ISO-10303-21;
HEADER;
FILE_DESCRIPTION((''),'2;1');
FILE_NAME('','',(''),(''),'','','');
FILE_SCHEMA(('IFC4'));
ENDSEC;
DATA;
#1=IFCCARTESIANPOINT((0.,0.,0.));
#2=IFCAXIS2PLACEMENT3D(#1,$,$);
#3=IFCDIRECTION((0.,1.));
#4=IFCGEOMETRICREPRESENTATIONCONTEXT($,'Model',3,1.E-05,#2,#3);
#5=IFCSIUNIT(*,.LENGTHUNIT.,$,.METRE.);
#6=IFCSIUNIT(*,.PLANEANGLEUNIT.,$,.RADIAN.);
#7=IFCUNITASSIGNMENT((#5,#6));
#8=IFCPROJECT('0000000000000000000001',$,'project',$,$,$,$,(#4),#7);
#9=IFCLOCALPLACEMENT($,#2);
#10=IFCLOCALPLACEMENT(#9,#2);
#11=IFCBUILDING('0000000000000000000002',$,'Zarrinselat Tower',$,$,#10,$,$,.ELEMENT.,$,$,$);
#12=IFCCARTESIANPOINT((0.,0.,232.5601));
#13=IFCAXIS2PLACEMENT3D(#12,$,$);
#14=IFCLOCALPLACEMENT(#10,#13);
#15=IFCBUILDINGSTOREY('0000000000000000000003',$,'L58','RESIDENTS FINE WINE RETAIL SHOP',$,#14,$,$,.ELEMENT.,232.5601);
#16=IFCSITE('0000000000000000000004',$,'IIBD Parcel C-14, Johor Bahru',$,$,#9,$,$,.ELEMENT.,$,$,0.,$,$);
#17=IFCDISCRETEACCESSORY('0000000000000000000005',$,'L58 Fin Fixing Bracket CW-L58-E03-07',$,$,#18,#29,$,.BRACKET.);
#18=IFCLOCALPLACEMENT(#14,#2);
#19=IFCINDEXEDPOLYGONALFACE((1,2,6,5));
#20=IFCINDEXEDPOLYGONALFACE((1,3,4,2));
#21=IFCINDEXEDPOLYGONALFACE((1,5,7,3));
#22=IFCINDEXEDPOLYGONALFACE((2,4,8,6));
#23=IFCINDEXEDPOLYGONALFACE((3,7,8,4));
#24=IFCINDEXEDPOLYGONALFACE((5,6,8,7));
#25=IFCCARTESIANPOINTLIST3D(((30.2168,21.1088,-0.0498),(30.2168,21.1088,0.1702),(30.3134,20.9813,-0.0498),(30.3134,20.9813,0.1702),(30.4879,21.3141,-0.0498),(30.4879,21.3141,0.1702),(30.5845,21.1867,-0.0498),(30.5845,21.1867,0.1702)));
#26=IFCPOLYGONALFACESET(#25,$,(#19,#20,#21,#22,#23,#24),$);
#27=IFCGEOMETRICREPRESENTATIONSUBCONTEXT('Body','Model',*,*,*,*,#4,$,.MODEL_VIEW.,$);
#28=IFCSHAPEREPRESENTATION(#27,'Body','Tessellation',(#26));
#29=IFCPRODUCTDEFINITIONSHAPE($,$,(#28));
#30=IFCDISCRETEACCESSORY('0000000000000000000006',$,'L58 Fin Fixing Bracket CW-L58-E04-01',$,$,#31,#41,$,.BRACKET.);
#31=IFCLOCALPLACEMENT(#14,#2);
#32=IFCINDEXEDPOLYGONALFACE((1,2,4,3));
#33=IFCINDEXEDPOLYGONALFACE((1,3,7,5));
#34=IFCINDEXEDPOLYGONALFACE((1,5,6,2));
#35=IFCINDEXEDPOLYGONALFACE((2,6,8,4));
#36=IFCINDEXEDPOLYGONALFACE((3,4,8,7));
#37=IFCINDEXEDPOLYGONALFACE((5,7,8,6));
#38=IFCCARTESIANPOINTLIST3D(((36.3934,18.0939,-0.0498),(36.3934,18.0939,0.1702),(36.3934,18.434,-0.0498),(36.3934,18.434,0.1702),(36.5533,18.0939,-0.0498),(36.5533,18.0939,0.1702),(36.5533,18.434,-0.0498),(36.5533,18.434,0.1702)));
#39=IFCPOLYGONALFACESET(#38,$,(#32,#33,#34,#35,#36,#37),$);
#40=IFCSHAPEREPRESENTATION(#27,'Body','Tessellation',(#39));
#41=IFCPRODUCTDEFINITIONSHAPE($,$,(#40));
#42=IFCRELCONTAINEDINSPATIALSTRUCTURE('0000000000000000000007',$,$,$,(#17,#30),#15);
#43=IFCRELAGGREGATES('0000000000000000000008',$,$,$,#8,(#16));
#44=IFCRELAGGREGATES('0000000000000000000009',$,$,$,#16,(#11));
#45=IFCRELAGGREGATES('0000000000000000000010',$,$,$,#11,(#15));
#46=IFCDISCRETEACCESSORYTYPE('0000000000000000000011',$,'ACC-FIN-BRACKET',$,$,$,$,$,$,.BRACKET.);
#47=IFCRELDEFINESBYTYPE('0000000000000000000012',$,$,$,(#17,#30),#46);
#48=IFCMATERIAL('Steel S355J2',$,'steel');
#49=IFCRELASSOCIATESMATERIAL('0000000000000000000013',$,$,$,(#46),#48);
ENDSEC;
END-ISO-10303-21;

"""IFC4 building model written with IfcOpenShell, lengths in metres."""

from ifc_helpers import new_model, si_unit, direction, frame, origin, origin_2d, place, context, subcontext, project, spatial, rectangle, extrude, material, type_object, element, save


model = new_model("IFC4")

# Units and contexts
model_context = context("Model", 3, precision=1e-05, world=origin(), true_north=direction((0.0, 1.0)))
body_context = subcontext(model_context, "Body", "Model", "MODEL_VIEW")
ifc_project = project(units=[si_unit("LENGTHUNIT", "METRE"), si_unit("PLANEANGLEUNIT", "RADIAN")], contexts=[model_context])

# Site, building, storey
site_placement = place(None, origin())
site = spatial("IfcSite", under=ifc_project, at=site_placement, Name="IIBD Parcel C-14, Johor Bahru", CompositionType="ELEMENT", RefElevation=0.0)
building_placement = place(site_placement, origin())
building = spatial("IfcBuilding", under=site, at=building_placement, Name="Zarrinselat Tower", CompositionType="ELEMENT")
storey_placement = place(building_placement, frame((0.0, 0.0, 232.5601)))
storey = spatial("IfcBuildingStorey", under=building, at=storey_placement, Name="L58", Description="RESIDENTS FINE WINE RETAIL SHOP", CompositionType="ELEMENT", Elevation=232.5601)

# Discrete accessories
ifc_material_1 = material(Name="Steel S355J2", Category="steel")
discrete_accessory_type = type_object("IfcDiscreteAccessoryType", Name="ACC-FIN-BRACKET", PredefinedType="BRACKET", material=ifc_material_1)
for number, where, z_axis, x_axis, name in (
    (1, (30.4006, 21.1477, -0.0498), (0.0, 0.0, 1.0), (-0.797092, -0.603857, 0.0), "L58 Fin Fixing Bracket CW-L58-E03-07"),
    (2, (36.4734, 18.2639, -0.0498), (0.0, 0.0, 1.0), (0.0, -1.0, 0.0), "L58 Fin Fixing Bracket CW-L58-E04-01"),
):
    element("IfcDiscreteAccessory", number, at=place(storey_placement, frame(where, z_axis=z_axis, x_axis=x_axis)), inside=storey, type_object=discrete_accessory_type, Name=name, PredefinedType="BRACKET", context=body_context, shape_type="SweptSolid", body=[
        extrude(rectangle(XDim=0.3401, YDim=0.1599, at=origin_2d()), origin(), (0.0, 0.0, 1.0), 0.22),
    ])

save(model, "model.ifc")
